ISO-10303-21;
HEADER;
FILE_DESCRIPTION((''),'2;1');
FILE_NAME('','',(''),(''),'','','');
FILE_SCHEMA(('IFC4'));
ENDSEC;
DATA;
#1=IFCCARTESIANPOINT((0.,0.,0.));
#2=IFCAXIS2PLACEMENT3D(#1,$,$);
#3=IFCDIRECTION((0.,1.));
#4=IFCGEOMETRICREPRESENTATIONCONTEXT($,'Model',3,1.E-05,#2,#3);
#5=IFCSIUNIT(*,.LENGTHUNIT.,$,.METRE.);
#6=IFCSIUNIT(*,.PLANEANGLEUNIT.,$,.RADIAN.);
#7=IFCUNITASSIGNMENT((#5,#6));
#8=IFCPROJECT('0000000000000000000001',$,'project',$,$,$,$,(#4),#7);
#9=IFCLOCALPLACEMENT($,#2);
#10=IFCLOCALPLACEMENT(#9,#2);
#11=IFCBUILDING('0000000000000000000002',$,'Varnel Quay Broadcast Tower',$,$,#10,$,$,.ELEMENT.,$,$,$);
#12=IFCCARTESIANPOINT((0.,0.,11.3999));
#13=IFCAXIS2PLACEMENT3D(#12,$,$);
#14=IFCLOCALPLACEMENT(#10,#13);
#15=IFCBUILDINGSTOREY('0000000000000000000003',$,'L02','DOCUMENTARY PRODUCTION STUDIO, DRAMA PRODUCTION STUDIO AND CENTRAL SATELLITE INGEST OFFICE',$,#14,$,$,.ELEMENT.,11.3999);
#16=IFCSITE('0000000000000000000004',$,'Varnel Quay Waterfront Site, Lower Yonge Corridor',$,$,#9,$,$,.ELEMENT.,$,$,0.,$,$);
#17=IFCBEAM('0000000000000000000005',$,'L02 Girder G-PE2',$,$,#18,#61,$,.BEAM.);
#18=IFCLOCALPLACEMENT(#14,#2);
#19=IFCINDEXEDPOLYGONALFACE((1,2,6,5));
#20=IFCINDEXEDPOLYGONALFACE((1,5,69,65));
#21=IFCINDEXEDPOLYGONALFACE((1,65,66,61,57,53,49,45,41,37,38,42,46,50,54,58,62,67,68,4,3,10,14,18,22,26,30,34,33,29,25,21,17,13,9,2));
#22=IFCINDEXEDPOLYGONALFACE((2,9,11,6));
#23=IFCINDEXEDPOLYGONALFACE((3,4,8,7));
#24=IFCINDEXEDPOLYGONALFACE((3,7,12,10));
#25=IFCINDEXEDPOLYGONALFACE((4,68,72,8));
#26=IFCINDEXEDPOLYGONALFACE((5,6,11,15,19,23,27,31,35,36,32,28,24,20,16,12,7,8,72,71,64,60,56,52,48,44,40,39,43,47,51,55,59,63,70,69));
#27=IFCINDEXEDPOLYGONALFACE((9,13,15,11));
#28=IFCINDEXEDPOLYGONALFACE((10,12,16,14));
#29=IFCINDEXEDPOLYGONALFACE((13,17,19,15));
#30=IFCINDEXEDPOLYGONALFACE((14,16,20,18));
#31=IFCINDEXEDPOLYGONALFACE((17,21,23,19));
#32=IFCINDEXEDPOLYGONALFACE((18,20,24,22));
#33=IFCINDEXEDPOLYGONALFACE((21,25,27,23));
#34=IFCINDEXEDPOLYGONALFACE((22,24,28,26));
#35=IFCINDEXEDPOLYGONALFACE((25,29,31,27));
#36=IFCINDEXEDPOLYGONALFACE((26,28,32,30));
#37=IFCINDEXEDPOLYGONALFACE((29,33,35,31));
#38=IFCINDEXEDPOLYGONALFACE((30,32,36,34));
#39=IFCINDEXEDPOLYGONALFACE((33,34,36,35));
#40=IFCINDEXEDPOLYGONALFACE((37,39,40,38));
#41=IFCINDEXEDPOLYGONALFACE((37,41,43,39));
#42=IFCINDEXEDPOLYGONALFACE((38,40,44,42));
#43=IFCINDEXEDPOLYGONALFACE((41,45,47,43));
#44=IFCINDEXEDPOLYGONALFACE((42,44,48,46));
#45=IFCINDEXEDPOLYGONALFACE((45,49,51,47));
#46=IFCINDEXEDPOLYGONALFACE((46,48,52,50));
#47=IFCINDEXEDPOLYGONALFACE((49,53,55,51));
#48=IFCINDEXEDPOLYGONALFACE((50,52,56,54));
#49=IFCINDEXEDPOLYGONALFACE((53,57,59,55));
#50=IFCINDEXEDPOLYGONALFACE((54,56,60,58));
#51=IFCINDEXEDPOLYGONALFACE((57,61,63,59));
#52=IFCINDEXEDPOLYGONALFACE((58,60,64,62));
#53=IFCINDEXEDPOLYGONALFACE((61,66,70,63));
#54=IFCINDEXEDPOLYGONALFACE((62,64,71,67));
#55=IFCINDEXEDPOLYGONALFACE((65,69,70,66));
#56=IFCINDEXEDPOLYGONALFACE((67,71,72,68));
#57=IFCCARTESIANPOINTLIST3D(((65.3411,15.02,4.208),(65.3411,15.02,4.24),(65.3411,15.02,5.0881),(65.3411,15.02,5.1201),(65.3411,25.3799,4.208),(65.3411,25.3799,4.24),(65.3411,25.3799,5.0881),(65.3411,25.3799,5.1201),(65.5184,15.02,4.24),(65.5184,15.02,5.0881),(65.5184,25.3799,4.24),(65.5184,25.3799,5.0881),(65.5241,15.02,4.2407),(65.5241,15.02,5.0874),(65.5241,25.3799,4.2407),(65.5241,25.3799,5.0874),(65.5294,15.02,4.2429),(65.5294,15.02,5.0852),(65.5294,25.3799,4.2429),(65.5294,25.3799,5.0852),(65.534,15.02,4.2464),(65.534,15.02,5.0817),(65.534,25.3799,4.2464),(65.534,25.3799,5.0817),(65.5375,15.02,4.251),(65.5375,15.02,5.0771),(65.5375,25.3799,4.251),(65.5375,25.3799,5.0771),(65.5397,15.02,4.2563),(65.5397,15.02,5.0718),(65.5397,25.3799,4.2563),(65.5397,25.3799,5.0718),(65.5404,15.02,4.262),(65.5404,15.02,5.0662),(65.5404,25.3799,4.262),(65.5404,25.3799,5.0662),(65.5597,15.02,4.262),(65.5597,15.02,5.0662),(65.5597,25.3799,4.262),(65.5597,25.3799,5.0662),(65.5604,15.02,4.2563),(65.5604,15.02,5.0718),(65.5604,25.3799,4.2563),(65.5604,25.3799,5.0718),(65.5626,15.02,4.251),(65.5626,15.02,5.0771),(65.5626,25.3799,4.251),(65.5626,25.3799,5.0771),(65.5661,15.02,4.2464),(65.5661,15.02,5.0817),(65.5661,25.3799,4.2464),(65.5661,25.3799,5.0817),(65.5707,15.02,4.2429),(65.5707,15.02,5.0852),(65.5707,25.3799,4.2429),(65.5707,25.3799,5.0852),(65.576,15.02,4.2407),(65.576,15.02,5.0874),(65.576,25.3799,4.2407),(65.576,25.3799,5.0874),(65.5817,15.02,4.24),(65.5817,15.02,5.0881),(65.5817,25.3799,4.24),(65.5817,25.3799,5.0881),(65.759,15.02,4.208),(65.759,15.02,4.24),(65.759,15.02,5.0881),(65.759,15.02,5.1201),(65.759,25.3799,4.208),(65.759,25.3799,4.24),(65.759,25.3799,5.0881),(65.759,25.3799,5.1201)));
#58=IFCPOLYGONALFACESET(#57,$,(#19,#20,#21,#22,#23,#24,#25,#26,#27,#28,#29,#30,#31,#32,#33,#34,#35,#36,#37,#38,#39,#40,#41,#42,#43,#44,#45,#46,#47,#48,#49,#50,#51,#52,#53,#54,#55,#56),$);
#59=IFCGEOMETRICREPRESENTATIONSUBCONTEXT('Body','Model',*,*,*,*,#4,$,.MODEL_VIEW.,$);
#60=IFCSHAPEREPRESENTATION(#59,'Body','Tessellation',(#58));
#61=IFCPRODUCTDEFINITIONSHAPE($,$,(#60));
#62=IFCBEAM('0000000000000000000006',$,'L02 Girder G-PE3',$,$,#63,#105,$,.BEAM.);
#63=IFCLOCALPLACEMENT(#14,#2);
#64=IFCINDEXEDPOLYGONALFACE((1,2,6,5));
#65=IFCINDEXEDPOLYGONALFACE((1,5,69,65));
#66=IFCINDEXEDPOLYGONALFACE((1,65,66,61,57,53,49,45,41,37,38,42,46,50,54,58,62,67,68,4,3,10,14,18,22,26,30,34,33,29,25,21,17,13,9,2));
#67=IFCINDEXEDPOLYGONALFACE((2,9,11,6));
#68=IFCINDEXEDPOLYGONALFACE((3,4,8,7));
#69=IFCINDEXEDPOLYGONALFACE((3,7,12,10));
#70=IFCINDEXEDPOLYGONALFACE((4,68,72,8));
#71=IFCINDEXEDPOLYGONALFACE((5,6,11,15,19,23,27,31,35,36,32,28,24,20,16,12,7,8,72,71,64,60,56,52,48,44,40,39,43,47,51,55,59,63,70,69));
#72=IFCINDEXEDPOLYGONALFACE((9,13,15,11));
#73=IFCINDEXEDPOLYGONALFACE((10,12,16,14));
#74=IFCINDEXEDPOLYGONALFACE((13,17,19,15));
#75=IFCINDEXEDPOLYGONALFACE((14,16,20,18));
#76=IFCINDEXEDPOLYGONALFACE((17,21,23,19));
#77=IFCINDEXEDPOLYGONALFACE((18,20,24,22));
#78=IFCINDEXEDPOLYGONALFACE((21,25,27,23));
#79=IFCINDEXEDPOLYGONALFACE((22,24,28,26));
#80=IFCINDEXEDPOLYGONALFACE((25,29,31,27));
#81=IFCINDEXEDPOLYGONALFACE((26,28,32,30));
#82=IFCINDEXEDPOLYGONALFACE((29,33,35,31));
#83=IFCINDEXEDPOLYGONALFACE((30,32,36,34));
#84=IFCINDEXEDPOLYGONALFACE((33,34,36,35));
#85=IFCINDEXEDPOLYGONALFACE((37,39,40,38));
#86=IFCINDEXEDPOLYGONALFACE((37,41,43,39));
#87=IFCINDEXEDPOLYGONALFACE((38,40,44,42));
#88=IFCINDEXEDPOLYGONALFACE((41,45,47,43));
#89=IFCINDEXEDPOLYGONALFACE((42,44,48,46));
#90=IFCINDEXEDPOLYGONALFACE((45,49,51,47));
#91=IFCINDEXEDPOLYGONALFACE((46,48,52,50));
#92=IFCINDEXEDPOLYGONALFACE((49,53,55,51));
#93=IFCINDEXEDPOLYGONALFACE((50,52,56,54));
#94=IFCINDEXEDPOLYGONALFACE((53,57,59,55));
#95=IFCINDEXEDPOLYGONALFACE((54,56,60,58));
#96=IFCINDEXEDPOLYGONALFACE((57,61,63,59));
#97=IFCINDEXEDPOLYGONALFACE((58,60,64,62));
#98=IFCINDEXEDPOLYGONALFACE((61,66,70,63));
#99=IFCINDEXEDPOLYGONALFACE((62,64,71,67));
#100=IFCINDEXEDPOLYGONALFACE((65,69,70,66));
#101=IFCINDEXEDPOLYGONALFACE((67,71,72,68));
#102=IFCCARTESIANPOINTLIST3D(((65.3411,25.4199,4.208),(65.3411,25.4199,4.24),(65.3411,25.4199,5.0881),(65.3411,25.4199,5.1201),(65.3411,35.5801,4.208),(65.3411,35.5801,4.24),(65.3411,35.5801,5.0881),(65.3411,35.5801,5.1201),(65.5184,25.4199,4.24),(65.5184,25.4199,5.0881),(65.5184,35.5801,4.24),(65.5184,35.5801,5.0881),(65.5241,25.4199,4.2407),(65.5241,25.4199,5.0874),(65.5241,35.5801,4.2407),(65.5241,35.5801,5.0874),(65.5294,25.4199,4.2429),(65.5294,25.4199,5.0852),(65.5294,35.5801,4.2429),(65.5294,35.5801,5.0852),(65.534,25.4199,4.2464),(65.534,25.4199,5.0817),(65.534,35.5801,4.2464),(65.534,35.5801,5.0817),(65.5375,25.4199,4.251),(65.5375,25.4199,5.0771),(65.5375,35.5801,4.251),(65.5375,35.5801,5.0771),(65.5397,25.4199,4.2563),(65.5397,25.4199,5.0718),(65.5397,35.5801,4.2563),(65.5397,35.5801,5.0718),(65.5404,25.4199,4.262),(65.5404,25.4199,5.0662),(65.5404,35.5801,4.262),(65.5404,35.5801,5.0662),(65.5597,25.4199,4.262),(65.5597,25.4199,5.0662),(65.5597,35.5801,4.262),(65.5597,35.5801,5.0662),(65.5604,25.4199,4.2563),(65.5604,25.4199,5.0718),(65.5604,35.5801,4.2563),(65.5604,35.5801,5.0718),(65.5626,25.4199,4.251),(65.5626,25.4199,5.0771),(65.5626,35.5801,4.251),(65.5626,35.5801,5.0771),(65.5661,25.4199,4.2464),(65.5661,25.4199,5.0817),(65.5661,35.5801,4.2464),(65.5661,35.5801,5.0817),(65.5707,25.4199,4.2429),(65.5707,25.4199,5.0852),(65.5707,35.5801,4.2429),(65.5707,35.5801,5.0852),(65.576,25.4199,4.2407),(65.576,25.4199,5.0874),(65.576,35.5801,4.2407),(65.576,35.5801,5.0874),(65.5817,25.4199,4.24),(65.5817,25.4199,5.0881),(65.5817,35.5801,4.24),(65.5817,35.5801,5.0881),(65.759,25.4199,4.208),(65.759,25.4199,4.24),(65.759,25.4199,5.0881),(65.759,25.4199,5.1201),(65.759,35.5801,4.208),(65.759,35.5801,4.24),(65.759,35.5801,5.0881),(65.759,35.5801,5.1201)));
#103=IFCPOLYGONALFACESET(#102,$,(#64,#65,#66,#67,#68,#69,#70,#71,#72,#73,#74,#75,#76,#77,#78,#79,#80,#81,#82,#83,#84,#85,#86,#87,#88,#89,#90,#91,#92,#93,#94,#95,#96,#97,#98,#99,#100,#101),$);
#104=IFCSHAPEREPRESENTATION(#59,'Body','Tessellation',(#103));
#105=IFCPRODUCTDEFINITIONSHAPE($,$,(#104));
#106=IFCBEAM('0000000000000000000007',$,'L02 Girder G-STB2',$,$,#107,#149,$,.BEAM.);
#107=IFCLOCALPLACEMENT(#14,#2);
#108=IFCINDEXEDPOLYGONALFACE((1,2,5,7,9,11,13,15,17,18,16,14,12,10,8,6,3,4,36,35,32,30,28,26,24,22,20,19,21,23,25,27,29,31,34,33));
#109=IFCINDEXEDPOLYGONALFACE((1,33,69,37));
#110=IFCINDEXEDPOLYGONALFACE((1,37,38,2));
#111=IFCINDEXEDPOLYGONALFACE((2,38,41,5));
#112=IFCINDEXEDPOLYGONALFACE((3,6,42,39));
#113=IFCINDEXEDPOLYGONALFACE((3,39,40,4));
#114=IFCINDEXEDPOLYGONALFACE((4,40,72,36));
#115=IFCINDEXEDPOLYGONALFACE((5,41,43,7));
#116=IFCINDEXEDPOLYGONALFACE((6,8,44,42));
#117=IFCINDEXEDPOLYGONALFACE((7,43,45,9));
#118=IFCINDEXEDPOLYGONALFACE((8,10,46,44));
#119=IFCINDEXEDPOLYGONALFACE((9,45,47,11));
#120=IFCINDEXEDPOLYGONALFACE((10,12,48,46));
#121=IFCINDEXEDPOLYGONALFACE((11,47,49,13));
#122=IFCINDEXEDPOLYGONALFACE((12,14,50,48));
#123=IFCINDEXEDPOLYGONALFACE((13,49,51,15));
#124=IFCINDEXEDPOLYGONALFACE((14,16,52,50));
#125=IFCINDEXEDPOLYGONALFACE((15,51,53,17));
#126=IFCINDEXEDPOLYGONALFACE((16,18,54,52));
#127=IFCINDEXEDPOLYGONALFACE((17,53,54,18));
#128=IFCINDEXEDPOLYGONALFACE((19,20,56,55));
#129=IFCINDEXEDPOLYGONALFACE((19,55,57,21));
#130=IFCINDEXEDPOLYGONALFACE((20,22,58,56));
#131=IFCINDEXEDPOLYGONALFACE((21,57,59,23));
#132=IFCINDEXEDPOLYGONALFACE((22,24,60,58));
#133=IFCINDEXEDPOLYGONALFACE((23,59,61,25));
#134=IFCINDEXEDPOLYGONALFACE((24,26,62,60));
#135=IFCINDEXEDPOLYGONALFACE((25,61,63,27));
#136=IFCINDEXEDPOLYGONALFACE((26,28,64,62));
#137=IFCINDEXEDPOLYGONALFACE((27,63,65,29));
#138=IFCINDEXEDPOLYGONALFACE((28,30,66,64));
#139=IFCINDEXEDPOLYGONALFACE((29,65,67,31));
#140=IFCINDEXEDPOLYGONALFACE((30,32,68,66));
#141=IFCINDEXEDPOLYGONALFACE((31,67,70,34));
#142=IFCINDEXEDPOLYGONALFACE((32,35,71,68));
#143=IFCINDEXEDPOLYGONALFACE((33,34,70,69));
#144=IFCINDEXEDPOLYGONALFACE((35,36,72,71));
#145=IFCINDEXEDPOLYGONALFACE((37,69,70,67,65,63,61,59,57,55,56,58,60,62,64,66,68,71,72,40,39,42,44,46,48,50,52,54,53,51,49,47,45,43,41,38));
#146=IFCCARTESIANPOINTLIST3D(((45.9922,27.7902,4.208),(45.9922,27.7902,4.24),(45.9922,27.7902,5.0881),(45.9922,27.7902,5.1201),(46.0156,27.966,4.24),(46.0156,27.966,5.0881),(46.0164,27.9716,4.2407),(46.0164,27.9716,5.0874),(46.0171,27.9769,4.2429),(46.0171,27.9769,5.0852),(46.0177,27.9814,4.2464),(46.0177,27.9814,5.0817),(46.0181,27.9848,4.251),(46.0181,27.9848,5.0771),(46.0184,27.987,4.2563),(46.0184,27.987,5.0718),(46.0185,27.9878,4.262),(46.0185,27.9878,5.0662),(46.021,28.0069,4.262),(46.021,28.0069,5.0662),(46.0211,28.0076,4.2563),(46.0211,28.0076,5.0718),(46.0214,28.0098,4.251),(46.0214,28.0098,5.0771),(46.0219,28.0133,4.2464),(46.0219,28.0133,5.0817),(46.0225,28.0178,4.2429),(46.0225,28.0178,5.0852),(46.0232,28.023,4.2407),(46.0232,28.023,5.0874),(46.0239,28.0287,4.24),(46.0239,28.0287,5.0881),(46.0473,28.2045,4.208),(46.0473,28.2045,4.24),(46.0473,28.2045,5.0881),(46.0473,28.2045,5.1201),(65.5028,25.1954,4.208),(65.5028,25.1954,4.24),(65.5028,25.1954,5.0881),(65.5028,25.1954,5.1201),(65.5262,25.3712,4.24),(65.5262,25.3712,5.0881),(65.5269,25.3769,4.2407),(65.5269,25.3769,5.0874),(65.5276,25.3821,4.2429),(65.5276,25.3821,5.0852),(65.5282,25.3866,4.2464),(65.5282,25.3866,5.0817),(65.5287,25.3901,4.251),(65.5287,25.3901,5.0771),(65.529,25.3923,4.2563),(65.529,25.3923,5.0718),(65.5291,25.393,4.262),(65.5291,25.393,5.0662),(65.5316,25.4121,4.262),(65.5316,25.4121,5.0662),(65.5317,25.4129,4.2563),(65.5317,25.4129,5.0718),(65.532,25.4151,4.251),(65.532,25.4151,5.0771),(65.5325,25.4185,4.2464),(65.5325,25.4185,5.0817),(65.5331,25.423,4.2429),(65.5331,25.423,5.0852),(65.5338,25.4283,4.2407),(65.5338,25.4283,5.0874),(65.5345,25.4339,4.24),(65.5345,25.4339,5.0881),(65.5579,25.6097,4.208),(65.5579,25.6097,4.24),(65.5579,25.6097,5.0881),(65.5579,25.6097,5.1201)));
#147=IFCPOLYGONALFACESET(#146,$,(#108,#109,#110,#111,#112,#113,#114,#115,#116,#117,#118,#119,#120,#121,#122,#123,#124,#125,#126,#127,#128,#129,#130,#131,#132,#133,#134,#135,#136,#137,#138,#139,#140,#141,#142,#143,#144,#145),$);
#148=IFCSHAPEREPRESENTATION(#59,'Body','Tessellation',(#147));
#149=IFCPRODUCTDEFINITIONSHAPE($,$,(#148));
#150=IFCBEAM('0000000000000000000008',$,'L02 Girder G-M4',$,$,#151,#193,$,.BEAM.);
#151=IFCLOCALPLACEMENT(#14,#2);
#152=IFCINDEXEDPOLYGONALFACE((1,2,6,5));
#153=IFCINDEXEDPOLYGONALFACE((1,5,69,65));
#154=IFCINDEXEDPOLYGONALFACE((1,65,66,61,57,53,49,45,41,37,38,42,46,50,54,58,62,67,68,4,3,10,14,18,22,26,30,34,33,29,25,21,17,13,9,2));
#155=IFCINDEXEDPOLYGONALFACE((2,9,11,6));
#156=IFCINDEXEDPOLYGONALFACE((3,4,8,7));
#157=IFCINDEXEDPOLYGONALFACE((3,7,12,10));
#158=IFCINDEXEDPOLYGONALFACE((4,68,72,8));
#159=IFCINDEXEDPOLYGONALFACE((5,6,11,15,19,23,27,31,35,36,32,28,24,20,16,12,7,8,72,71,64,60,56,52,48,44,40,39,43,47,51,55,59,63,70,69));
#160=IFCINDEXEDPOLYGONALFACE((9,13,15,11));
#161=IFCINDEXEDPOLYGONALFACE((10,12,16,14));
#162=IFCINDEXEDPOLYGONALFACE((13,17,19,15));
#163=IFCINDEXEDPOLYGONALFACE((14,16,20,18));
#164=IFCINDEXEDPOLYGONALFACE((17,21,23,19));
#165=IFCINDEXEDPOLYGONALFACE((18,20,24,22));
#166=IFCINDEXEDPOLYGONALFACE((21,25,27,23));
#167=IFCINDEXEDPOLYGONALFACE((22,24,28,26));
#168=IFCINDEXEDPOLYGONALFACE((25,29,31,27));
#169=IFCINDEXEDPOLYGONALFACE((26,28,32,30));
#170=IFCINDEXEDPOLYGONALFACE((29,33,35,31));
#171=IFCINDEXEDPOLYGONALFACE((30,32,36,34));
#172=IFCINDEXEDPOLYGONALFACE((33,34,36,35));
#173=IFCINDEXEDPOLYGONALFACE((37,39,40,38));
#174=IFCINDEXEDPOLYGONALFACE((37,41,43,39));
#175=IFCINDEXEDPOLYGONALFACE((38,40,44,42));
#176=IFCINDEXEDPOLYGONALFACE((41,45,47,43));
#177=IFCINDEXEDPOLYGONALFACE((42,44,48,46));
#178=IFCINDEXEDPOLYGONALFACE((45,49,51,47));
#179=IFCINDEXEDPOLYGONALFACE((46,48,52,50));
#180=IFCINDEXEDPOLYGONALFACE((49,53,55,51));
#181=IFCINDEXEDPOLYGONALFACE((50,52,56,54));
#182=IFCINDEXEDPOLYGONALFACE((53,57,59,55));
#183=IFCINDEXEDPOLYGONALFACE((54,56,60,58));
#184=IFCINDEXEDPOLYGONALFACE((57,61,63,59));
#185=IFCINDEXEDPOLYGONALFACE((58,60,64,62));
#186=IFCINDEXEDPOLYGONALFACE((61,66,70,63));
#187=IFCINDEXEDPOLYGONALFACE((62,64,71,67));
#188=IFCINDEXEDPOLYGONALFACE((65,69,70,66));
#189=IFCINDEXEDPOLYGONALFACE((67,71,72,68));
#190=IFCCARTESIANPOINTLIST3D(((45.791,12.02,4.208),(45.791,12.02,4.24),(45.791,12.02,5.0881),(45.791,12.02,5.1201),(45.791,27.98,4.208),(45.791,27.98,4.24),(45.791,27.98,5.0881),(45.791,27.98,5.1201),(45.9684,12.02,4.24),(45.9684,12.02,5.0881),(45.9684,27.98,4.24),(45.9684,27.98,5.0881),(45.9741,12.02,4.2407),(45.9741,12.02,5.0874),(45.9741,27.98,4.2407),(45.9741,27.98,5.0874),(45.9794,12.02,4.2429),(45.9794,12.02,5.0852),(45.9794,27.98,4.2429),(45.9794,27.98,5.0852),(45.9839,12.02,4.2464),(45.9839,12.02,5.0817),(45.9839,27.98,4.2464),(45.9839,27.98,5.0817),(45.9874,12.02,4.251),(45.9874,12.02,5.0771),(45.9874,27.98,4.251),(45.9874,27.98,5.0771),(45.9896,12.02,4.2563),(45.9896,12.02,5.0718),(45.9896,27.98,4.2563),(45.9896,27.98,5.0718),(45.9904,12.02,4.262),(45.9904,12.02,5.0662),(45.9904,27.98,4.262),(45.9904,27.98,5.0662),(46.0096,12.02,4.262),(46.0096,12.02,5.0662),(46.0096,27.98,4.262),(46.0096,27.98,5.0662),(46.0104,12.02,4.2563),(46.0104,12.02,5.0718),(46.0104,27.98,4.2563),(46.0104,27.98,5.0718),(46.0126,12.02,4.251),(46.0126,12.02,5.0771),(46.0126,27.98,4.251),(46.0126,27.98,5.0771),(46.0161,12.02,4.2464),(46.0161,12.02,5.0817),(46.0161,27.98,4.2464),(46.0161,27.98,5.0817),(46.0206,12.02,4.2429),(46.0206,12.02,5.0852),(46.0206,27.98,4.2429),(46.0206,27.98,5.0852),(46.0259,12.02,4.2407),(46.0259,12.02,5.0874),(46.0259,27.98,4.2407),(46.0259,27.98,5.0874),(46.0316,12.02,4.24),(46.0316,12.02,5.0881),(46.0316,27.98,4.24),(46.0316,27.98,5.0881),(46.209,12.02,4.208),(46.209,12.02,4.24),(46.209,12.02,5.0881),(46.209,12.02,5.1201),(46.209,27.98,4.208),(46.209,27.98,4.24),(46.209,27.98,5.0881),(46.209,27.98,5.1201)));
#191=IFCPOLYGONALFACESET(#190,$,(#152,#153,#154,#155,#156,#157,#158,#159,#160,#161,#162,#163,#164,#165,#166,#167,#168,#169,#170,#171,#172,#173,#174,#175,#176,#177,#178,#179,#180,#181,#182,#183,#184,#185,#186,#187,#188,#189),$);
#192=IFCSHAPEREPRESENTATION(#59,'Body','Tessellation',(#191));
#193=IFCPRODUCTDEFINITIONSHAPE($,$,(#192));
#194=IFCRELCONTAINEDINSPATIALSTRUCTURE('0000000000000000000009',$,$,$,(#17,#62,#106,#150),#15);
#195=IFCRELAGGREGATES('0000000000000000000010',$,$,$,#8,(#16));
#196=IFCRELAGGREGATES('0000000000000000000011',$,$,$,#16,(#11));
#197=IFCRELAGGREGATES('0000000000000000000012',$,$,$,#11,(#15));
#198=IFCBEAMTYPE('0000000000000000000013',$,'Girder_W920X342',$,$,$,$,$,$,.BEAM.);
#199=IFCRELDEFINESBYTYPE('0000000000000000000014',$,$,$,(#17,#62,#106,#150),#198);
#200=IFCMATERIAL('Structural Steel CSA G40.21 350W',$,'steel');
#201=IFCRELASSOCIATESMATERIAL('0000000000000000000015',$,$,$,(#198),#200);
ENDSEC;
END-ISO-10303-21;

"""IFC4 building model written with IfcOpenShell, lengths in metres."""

from ifc_helpers import new_model, si_unit, direction, frame, origin, origin_2d, place, context, subcontext, project, spatial, i_section, extrude, source, transform, mapped, material, material_profile, profile_set, type_object, element, save


model = new_model("IFC4")

# Units and contexts
model_context = context("Model", 3, precision=1e-05, world=origin(), true_north=direction((0.0, 1.0)))
body_context = subcontext(model_context, "Body", "Model", "MODEL_VIEW")
ifc_project = project(units=[si_unit("LENGTHUNIT", "METRE"), si_unit("PLANEANGLEUNIT", "RADIAN")], contexts=[model_context])

# Site, building, storey
site_placement = place(None, origin())
site = spatial("IfcSite", under=ifc_project, at=site_placement, Name="Varnel Quay Waterfront Site, Lower Yonge Corridor", CompositionType="ELEMENT", RefElevation=0.0)
building_placement = place(site_placement, origin())
building = spatial("IfcBuilding", under=site, at=building_placement, Name="Varnel Quay Broadcast Tower", CompositionType="ELEMENT")
storey_placement = place(building_placement, frame((0.0, 0.0, 11.3999)))
storey = spatial("IfcBuildingStorey", under=building, at=storey_placement, Name="L02", Description="DOCUMENTARY PRODUCTION STUDIO, DRAMA PRODUCTION STUDIO AND CENTRAL SATELLITE INGEST OFFICE", CompositionType="ELEMENT", Elevation=11.3999)

# Shared definitions
ifc_material_1 = material(Name="Structural Steel CSA G40.21 350W", Category="steel")

# Beams
ifc_material_profile_1 = material_profile(ifc_material_1, i_section(OverallWidth=0.418, OverallDepth=0.9121, WebThickness=0.0193, FlangeThickness=0.032, FilletRadius=0.022, at=origin_2d()), Name="W920X342")
ifc_profile_set_1 = profile_set([ifc_material_profile_1], Name="Structural Steel CSA G40.21 350W")
beam_type = type_object("IfcBeamType", Name="Girder_W920X342", PredefinedType="BEAM", material=ifc_profile_set_1)
shared_shape_1 = source(origin(), body_context, "Body", "SweptSolid", [
    extrude(i_section(OverallWidth=0.418, OverallDepth=0.9121, WebThickness=0.0193, FlangeThickness=0.032, FilletRadius=0.022, at=origin_2d()), origin(), (0.0, 0.0, 1.0), 10.3599),
])
beam_1_placement = place(storey_placement, frame((65.55, 15.02, 4.6641), z_axis=(0.0, 1.0, 0.0), x_axis=(-1.0, 0.0, 0.0)))
element("IfcBeam", 1, at=beam_1_placement, inside=storey, type_object=beam_type, Name="L02 Girder G-PE2", PredefinedType="BEAM", context=body_context, shape_type="MappedRepresentation", body=[
    mapped(shared_shape_1, transform((0.0, 0.0, 0.0), x_axis=(1.0, 0.0, 0.0), y_axis=(0.0, 1.0, 0.0), z_axis=(0.0, 0.0, 1.0), scale=1.0)),
])
shared_shape_2 = source(origin(), body_context, "Body", "SweptSolid", [
    extrude(i_section(OverallWidth=0.418, OverallDepth=0.9121, WebThickness=0.0193, FlangeThickness=0.032, FilletRadius=0.022, at=origin_2d()), origin(), (0.0, 0.0, 1.0), 10.1602),
])
beam_2_placement = place(storey_placement, frame((65.55, 25.4199, 4.6641), z_axis=(0.0, 1.0, 0.0), x_axis=(-1.0, 0.0, 0.0)))
element("IfcBeam", 2, at=beam_2_placement, inside=storey, type_object=beam_type, Name="L02 Girder G-PE3", PredefinedType="BEAM", context=body_context, shape_type="MappedRepresentation", body=[
    mapped(shared_shape_2, transform((0.0, 0.0, 0.0), x_axis=(1.0, 0.0, 0.0), y_axis=(0.0, 1.0, 0.0), z_axis=(0.0, 0.0, 1.0), scale=1.0)),
])
shared_shape_3 = source(origin(), body_context, "Body", "SweptSolid", [
    extrude(i_section(OverallWidth=0.418, OverallDepth=0.9121, WebThickness=0.0193, FlangeThickness=0.032, FilletRadius=0.022, at=origin_2d()), origin(), (0.0, 0.0, 1.0), 19.6824),
])
beam_3_placement = place(storey_placement, frame((46.0198, 27.9973, 4.6641), z_axis=(0.991272, -0.131831, 0.0), x_axis=(0.131831, 0.991272, 0.0)))
element("IfcBeam", 3, at=beam_3_placement, inside=storey, type_object=beam_type, Name="L02 Girder G-STB2", PredefinedType="BEAM", context=body_context, shape_type="MappedRepresentation", body=[
    mapped(shared_shape_3, transform((0.0, 0.0, 0.0), x_axis=(1.0, 0.0, 0.0), y_axis=(0.0, 1.0, 0.0), z_axis=(0.0, 0.0, 1.0), scale=1.0)),
])
shared_shape_4 = source(origin(), body_context, "Body", "SweptSolid", [
    extrude(i_section(OverallWidth=0.418, OverallDepth=0.9121, WebThickness=0.0193, FlangeThickness=0.032, FilletRadius=0.022, at=origin_2d()), origin(), (0.0, 0.0, 1.0), 15.96),
])
beam_4_placement = place(storey_placement, frame((46.0, 12.02, 4.6641), z_axis=(0.0, 1.0, 0.0), x_axis=(-1.0, 0.0, 0.0)))
element("IfcBeam", 4, at=beam_4_placement, inside=storey, type_object=beam_type, Name="L02 Girder G-M4", PredefinedType="BEAM", context=body_context, shape_type="MappedRepresentation", body=[
    mapped(shared_shape_4, transform((0.0, 0.0, 0.0), x_axis=(1.0, 0.0, 0.0), y_axis=(0.0, 1.0, 0.0), z_axis=(0.0, 0.0, 1.0), scale=1.0)),
])

save(model, "model.ifc")
